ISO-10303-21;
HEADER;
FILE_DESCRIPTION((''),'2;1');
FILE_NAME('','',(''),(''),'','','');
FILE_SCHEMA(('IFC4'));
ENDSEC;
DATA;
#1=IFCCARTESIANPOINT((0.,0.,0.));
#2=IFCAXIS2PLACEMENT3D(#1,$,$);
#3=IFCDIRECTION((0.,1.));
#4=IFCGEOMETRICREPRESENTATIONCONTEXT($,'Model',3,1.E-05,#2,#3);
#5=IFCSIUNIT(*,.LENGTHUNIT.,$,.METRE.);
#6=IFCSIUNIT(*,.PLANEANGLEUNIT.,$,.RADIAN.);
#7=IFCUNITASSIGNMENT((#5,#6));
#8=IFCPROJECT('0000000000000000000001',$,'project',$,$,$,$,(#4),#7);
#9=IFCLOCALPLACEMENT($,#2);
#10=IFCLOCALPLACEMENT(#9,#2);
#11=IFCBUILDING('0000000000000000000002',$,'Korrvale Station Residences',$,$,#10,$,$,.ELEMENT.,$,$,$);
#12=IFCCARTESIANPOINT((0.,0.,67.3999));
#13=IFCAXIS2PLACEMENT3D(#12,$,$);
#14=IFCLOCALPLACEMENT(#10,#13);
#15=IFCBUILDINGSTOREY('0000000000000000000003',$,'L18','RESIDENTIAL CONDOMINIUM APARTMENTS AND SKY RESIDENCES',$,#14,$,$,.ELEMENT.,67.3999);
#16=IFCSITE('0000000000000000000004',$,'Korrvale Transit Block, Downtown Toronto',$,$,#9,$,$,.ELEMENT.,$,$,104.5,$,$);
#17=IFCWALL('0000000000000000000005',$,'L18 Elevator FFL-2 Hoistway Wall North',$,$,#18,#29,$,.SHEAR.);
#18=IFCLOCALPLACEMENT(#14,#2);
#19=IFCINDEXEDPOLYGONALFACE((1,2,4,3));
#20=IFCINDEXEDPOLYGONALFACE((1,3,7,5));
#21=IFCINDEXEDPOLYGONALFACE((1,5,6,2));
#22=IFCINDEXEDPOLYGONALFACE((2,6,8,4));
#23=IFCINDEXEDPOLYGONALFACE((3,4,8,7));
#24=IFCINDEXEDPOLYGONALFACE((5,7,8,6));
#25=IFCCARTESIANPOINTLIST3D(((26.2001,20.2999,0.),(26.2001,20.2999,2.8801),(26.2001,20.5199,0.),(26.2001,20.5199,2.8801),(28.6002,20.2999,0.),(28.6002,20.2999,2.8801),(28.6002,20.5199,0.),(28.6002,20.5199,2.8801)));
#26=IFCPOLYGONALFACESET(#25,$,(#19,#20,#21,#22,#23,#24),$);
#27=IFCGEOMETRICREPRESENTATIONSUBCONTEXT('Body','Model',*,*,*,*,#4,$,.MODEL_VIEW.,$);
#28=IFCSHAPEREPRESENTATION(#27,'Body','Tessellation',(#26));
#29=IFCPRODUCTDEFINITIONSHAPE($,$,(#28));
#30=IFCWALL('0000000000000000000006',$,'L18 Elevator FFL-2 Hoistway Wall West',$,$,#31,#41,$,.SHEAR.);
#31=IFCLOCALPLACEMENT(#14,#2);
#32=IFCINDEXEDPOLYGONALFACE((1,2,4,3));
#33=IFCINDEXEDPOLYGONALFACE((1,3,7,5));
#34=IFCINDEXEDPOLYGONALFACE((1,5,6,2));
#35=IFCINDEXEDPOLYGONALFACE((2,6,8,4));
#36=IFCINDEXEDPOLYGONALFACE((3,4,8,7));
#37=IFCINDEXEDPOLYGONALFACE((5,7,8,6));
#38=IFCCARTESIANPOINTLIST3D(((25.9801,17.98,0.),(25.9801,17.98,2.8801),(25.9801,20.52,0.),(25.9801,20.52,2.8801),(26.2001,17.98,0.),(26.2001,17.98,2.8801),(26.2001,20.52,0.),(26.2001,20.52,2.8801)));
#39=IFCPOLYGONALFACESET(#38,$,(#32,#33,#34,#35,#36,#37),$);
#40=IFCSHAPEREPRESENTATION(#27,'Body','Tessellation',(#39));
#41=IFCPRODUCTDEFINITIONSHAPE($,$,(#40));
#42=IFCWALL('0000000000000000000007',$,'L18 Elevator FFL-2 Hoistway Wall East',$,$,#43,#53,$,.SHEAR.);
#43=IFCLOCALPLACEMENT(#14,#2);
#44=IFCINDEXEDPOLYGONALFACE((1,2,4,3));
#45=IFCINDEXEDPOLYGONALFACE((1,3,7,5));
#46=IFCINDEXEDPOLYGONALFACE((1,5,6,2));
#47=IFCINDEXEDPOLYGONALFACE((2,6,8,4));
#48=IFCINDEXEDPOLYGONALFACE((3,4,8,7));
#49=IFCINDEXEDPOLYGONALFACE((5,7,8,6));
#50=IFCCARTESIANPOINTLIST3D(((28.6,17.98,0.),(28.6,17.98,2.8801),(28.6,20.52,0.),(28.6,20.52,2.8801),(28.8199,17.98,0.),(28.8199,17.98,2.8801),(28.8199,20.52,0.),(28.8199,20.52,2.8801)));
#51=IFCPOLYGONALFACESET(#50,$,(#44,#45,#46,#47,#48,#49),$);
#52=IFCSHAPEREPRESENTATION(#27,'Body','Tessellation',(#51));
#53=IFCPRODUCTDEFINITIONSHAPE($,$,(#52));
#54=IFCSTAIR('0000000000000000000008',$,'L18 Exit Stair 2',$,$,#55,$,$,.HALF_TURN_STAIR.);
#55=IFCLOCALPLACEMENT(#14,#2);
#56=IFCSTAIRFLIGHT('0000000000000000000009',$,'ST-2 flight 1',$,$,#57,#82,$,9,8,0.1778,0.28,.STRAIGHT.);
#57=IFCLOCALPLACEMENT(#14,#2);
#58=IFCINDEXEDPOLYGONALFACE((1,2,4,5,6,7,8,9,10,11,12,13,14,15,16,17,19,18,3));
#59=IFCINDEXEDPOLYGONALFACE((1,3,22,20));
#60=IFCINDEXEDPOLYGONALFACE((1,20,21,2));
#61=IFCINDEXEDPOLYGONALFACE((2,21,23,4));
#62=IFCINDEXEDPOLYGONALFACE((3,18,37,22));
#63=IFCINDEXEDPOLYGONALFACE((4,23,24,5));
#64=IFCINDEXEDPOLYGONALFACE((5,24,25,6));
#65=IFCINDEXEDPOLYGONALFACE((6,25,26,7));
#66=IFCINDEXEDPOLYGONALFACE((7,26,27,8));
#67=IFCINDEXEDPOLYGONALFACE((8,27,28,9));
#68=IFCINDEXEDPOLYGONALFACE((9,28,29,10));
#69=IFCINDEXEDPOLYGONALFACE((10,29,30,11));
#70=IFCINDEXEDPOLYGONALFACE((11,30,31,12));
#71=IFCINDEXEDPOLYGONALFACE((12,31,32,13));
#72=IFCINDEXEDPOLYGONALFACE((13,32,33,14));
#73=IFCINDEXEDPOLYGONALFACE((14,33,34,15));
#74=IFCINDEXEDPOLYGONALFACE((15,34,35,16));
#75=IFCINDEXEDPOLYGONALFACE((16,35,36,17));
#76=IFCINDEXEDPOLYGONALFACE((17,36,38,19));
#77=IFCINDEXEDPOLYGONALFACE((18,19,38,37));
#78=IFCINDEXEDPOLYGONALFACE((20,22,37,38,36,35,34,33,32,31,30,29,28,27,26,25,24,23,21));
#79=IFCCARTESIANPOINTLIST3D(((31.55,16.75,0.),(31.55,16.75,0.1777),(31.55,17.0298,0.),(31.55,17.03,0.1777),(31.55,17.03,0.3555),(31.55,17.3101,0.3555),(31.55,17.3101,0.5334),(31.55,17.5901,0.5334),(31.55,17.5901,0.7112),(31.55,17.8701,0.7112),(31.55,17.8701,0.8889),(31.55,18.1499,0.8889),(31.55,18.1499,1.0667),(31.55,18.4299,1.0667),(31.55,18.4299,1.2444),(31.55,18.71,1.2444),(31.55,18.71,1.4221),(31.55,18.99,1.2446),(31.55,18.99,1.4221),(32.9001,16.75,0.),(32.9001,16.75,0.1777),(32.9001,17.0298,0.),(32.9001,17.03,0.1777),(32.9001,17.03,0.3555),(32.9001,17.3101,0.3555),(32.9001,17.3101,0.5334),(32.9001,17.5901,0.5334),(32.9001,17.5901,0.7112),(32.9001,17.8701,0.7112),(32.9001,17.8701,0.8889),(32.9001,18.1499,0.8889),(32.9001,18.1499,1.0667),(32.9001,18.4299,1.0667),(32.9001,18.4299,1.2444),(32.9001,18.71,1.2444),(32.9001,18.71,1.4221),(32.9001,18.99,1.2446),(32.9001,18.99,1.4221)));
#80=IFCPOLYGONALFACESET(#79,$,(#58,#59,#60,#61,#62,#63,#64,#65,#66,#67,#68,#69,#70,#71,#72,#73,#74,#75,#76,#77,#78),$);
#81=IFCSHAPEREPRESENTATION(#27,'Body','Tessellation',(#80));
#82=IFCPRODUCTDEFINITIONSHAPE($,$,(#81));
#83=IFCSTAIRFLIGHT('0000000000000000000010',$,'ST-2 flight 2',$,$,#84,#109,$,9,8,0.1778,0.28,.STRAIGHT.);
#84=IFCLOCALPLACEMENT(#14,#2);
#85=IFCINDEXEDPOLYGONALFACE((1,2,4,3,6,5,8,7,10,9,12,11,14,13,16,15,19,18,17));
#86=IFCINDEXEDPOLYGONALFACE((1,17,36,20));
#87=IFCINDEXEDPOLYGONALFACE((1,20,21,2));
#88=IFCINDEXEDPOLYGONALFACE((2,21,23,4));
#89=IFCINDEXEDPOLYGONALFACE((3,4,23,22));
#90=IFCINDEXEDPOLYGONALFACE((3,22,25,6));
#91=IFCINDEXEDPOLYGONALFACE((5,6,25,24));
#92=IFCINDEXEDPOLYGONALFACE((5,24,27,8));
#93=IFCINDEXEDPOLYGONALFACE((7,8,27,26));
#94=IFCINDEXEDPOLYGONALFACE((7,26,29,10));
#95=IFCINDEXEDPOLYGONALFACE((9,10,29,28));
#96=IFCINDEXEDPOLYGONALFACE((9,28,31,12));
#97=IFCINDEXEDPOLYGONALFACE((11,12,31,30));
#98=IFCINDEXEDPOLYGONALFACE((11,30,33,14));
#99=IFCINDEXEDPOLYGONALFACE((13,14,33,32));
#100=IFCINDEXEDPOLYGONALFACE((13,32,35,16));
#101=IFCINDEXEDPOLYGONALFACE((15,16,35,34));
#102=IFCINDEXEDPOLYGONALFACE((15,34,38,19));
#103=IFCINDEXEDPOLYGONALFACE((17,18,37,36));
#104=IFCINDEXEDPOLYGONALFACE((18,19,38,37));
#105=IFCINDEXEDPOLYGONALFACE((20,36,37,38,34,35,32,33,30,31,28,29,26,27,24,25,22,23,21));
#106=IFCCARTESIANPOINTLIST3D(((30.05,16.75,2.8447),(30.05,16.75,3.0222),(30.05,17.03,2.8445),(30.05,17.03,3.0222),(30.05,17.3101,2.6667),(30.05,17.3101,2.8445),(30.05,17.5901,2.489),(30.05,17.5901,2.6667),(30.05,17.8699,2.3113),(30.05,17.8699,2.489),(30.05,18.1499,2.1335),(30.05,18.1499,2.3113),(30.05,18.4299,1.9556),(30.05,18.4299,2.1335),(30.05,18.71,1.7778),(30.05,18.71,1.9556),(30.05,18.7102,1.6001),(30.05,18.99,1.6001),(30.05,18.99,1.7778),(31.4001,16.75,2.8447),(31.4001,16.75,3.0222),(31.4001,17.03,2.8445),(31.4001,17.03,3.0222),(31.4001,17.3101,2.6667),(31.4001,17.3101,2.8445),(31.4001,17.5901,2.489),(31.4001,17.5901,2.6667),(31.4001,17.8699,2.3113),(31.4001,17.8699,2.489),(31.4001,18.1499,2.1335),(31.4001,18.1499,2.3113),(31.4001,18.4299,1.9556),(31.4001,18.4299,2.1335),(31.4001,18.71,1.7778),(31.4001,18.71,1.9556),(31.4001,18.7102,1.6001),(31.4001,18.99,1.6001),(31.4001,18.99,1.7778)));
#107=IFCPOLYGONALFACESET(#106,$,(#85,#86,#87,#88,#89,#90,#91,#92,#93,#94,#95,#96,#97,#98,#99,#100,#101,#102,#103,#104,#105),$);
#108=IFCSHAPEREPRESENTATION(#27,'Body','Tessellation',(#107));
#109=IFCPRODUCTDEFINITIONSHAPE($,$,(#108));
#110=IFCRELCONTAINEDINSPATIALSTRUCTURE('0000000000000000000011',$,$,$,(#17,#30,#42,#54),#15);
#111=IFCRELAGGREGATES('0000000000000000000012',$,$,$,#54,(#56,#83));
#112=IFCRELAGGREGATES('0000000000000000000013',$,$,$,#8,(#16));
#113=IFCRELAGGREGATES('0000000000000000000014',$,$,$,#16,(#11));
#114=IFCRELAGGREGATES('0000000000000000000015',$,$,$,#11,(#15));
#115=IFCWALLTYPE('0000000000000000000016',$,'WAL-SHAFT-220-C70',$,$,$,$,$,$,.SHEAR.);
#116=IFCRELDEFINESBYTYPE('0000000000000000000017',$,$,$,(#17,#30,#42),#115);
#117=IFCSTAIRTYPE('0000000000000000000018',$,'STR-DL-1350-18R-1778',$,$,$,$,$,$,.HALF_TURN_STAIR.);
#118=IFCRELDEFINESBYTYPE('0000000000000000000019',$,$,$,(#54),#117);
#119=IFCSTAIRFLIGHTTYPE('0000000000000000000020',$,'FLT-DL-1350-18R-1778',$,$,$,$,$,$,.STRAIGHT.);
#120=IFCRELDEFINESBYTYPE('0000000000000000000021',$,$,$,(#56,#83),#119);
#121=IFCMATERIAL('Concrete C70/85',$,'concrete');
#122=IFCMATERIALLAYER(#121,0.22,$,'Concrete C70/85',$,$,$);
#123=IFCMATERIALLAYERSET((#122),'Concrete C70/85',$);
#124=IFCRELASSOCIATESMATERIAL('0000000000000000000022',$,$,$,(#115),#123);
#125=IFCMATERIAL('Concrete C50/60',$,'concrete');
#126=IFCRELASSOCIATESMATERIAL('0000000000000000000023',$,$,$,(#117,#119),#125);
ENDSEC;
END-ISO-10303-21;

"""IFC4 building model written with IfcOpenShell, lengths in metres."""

from ifc_helpers import new_model, si_unit, direction, frame, frame_2d, origin, place, context, subcontext, project, spatial, polyline, rectangle, outline, extrude, material, layer, layer_set, type_object, element, aggregate, save


model = new_model("IFC4")

# Units and contexts
model_context = context("Model", 3, precision=1e-05, world=origin(), true_north=direction((0.0, 1.0)))
body_context = subcontext(model_context, "Body", "Model", "MODEL_VIEW")
ifc_project = project(units=[si_unit("LENGTHUNIT", "METRE"), si_unit("PLANEANGLEUNIT", "RADIAN")], contexts=[model_context])

# Site, building, storey
site_placement = place(None, origin())
site = spatial("IfcSite", under=ifc_project, at=site_placement, Name="Korrvale Transit Block, Downtown Toronto", CompositionType="ELEMENT", RefElevation=104.5)
building_placement = place(site_placement, origin())
building = spatial("IfcBuilding", under=site, at=building_placement, Name="Korrvale Station Residences", CompositionType="ELEMENT")
storey_placement = place(building_placement, frame((0.0, 0.0, 67.3999)))
storey = spatial("IfcBuildingStorey", under=building, at=storey_placement, Name="L18", Description="RESIDENTIAL CONDOMINIUM APARTMENTS AND SKY RESIDENCES", CompositionType="ELEMENT", Elevation=67.3999)

# Shared definitions
ifc_material_1 = material(Name="Concrete C70/85", Category="concrete")

# Shared definitions
ifc_layer_1 = layer(ifc_material_1, 0.22, Name="Concrete C70/85")
ifc_layer_set_1 = layer_set([ifc_layer_1], Name="Concrete C70/85")
wall_type_1 = type_object("IfcWallType", Name="WAL-SHAFT-220-C70", PredefinedType="SHEAR", material=ifc_layer_set_1)

# Walls
wall_1_placement = place(storey_placement, frame((26.2, 20.4099, 0.0), z_axis=(0.0, 0.0, 1.0), x_axis=(1.0, 0.0, 0.0)))
element("IfcWall", 1, at=wall_1_placement, inside=storey, type_object=wall_type_1, Name="L18 Elevator FFL-2 Hoistway Wall North", PredefinedType="SHEAR", context=body_context, shape_type="SweptSolid", body=[
    extrude(rectangle(XDim=2.4001, YDim=0.22, at=frame_2d((1.2002, 0.0))), origin(), (0.0, 0.0, 1.0), 2.8801),
])
for number, where, z_axis, x_axis, name in (
    (2, (26.0901, 17.98, 0.0), (0.0, 0.0, 1.0), (0.0, 1.0, 0.0), "L18 Elevator FFL-2 Hoistway Wall West"),
    (3, (28.71, 17.98, 0.0), (0.0, 0.0, 1.0), (0.0, 1.0, 0.0), "L18 Elevator FFL-2 Hoistway Wall East"),
):
    element("IfcWall", number, at=place(storey_placement, frame(where, z_axis=z_axis, x_axis=x_axis)), inside=storey, type_object=wall_type_1, Name=name, PredefinedType="SHEAR", context=body_context, shape_type="SweptSolid", body=[
        extrude(rectangle(XDim=2.54, YDim=0.22, at=frame_2d((1.27, 0.0))), origin(), (0.0, 0.0, 1.0), 2.8801),
    ])

# Stair, stair flights
ifc_material_2 = material(Name="Concrete C50/60", Category="concrete")
stair_type = type_object("IfcStairType", Name="STR-DL-1350-18R-1778", PredefinedType="HALF_TURN_STAIR", material=ifc_material_2)
stair_placement = place(storey_placement, origin())
stair = element("IfcStair", 4, at=stair_placement, inside=storey, type_object=stair_type, Name="L18 Exit Stair 2", PredefinedType="HALF_TURN_STAIR")
stair_flight_type = type_object("IfcStairFlightType", Name="FLT-DL-1350-18R-1778", PredefinedType="STRAIGHT", material=ifc_material_2)
stair_flight_1_placement = place(storey_placement, frame((32.2251, 16.75, 0.0), z_axis=(0.0, 0.0, 1.0), x_axis=(0.0, 1.0, 0.0)))
stair_flight_1 = element("IfcStairFlight", 5, at=stair_flight_1_placement, type_object=stair_flight_type, Name="ST-2 flight 1", NumberOfRisers=9, NumberOfTreads=8, PredefinedType="STRAIGHT", RiserHeight=0.1778, TreadLength=0.28, context=body_context, shape_type="SweptSolid", body=[
    extrude(outline(polyline([(0.0, 0.0), (0.0, 0.1777), (0.28, 0.1777), (0.28, 0.3555), (0.5601, 0.3555), (0.5601, 0.5334), (0.8401, 0.5334), (0.8401, 0.7112), (1.1201, 0.7112), (1.1201, 0.8889), (1.3999, 0.8889), (1.3999, 1.0667), (1.6799, 1.0667), (1.6799, 1.2444), (1.96, 1.2444), (1.96, 1.4221), (2.24, 1.4221), (2.24, 1.6001), (2.24, 1.2446), (0.2798, 0.0), (0.0, 0.0)])), frame((0.0, 0.675, 0.0), z_axis=(0.0, -1.0, 0.0), x_axis=(1.0, 0.0, 0.0)), (0.0, 0.0, 1.0), 1.3501),
])
stair_flight_2_placement = place(storey_placement, frame((30.7251, 18.99, 1.6001), z_axis=(0.0, 0.0, 1.0), x_axis=(0.0, -1.0, 0.0)))
stair_flight_2 = element("IfcStairFlight", 6, at=stair_flight_2_placement, type_object=stair_flight_type, Name="ST-2 flight 2", NumberOfRisers=9, NumberOfTreads=8, PredefinedType="STRAIGHT", RiserHeight=0.1778, TreadLength=0.28, context=body_context, shape_type="SweptSolid", body=[
    extrude(outline(polyline([(0.0, 0.0), (0.0, 0.1777), (0.28, 0.1777), (0.28, 0.3555), (0.5601, 0.3555), (0.5601, 0.5334), (0.8401, 0.5334), (0.8401, 0.7112), (1.1201, 0.7112), (1.1201, 0.8889), (1.3999, 0.8889), (1.3999, 1.0667), (1.6799, 1.0667), (1.6799, 1.2444), (1.96, 1.2444), (1.96, 1.4221), (2.24, 1.4221), (2.24, 1.6001), (2.24, 1.2446), (0.2798, 0.0), (0.0, 0.0)])), frame((0.0, 0.675, 0.0), z_axis=(0.0, -1.0, 0.0), x_axis=(1.0, 0.0, 0.0)), (0.0, 0.0, 1.0), 1.3501),
])
aggregate(stair, [stair_flight_1, stair_flight_2])

save(model, "model.ifc")
